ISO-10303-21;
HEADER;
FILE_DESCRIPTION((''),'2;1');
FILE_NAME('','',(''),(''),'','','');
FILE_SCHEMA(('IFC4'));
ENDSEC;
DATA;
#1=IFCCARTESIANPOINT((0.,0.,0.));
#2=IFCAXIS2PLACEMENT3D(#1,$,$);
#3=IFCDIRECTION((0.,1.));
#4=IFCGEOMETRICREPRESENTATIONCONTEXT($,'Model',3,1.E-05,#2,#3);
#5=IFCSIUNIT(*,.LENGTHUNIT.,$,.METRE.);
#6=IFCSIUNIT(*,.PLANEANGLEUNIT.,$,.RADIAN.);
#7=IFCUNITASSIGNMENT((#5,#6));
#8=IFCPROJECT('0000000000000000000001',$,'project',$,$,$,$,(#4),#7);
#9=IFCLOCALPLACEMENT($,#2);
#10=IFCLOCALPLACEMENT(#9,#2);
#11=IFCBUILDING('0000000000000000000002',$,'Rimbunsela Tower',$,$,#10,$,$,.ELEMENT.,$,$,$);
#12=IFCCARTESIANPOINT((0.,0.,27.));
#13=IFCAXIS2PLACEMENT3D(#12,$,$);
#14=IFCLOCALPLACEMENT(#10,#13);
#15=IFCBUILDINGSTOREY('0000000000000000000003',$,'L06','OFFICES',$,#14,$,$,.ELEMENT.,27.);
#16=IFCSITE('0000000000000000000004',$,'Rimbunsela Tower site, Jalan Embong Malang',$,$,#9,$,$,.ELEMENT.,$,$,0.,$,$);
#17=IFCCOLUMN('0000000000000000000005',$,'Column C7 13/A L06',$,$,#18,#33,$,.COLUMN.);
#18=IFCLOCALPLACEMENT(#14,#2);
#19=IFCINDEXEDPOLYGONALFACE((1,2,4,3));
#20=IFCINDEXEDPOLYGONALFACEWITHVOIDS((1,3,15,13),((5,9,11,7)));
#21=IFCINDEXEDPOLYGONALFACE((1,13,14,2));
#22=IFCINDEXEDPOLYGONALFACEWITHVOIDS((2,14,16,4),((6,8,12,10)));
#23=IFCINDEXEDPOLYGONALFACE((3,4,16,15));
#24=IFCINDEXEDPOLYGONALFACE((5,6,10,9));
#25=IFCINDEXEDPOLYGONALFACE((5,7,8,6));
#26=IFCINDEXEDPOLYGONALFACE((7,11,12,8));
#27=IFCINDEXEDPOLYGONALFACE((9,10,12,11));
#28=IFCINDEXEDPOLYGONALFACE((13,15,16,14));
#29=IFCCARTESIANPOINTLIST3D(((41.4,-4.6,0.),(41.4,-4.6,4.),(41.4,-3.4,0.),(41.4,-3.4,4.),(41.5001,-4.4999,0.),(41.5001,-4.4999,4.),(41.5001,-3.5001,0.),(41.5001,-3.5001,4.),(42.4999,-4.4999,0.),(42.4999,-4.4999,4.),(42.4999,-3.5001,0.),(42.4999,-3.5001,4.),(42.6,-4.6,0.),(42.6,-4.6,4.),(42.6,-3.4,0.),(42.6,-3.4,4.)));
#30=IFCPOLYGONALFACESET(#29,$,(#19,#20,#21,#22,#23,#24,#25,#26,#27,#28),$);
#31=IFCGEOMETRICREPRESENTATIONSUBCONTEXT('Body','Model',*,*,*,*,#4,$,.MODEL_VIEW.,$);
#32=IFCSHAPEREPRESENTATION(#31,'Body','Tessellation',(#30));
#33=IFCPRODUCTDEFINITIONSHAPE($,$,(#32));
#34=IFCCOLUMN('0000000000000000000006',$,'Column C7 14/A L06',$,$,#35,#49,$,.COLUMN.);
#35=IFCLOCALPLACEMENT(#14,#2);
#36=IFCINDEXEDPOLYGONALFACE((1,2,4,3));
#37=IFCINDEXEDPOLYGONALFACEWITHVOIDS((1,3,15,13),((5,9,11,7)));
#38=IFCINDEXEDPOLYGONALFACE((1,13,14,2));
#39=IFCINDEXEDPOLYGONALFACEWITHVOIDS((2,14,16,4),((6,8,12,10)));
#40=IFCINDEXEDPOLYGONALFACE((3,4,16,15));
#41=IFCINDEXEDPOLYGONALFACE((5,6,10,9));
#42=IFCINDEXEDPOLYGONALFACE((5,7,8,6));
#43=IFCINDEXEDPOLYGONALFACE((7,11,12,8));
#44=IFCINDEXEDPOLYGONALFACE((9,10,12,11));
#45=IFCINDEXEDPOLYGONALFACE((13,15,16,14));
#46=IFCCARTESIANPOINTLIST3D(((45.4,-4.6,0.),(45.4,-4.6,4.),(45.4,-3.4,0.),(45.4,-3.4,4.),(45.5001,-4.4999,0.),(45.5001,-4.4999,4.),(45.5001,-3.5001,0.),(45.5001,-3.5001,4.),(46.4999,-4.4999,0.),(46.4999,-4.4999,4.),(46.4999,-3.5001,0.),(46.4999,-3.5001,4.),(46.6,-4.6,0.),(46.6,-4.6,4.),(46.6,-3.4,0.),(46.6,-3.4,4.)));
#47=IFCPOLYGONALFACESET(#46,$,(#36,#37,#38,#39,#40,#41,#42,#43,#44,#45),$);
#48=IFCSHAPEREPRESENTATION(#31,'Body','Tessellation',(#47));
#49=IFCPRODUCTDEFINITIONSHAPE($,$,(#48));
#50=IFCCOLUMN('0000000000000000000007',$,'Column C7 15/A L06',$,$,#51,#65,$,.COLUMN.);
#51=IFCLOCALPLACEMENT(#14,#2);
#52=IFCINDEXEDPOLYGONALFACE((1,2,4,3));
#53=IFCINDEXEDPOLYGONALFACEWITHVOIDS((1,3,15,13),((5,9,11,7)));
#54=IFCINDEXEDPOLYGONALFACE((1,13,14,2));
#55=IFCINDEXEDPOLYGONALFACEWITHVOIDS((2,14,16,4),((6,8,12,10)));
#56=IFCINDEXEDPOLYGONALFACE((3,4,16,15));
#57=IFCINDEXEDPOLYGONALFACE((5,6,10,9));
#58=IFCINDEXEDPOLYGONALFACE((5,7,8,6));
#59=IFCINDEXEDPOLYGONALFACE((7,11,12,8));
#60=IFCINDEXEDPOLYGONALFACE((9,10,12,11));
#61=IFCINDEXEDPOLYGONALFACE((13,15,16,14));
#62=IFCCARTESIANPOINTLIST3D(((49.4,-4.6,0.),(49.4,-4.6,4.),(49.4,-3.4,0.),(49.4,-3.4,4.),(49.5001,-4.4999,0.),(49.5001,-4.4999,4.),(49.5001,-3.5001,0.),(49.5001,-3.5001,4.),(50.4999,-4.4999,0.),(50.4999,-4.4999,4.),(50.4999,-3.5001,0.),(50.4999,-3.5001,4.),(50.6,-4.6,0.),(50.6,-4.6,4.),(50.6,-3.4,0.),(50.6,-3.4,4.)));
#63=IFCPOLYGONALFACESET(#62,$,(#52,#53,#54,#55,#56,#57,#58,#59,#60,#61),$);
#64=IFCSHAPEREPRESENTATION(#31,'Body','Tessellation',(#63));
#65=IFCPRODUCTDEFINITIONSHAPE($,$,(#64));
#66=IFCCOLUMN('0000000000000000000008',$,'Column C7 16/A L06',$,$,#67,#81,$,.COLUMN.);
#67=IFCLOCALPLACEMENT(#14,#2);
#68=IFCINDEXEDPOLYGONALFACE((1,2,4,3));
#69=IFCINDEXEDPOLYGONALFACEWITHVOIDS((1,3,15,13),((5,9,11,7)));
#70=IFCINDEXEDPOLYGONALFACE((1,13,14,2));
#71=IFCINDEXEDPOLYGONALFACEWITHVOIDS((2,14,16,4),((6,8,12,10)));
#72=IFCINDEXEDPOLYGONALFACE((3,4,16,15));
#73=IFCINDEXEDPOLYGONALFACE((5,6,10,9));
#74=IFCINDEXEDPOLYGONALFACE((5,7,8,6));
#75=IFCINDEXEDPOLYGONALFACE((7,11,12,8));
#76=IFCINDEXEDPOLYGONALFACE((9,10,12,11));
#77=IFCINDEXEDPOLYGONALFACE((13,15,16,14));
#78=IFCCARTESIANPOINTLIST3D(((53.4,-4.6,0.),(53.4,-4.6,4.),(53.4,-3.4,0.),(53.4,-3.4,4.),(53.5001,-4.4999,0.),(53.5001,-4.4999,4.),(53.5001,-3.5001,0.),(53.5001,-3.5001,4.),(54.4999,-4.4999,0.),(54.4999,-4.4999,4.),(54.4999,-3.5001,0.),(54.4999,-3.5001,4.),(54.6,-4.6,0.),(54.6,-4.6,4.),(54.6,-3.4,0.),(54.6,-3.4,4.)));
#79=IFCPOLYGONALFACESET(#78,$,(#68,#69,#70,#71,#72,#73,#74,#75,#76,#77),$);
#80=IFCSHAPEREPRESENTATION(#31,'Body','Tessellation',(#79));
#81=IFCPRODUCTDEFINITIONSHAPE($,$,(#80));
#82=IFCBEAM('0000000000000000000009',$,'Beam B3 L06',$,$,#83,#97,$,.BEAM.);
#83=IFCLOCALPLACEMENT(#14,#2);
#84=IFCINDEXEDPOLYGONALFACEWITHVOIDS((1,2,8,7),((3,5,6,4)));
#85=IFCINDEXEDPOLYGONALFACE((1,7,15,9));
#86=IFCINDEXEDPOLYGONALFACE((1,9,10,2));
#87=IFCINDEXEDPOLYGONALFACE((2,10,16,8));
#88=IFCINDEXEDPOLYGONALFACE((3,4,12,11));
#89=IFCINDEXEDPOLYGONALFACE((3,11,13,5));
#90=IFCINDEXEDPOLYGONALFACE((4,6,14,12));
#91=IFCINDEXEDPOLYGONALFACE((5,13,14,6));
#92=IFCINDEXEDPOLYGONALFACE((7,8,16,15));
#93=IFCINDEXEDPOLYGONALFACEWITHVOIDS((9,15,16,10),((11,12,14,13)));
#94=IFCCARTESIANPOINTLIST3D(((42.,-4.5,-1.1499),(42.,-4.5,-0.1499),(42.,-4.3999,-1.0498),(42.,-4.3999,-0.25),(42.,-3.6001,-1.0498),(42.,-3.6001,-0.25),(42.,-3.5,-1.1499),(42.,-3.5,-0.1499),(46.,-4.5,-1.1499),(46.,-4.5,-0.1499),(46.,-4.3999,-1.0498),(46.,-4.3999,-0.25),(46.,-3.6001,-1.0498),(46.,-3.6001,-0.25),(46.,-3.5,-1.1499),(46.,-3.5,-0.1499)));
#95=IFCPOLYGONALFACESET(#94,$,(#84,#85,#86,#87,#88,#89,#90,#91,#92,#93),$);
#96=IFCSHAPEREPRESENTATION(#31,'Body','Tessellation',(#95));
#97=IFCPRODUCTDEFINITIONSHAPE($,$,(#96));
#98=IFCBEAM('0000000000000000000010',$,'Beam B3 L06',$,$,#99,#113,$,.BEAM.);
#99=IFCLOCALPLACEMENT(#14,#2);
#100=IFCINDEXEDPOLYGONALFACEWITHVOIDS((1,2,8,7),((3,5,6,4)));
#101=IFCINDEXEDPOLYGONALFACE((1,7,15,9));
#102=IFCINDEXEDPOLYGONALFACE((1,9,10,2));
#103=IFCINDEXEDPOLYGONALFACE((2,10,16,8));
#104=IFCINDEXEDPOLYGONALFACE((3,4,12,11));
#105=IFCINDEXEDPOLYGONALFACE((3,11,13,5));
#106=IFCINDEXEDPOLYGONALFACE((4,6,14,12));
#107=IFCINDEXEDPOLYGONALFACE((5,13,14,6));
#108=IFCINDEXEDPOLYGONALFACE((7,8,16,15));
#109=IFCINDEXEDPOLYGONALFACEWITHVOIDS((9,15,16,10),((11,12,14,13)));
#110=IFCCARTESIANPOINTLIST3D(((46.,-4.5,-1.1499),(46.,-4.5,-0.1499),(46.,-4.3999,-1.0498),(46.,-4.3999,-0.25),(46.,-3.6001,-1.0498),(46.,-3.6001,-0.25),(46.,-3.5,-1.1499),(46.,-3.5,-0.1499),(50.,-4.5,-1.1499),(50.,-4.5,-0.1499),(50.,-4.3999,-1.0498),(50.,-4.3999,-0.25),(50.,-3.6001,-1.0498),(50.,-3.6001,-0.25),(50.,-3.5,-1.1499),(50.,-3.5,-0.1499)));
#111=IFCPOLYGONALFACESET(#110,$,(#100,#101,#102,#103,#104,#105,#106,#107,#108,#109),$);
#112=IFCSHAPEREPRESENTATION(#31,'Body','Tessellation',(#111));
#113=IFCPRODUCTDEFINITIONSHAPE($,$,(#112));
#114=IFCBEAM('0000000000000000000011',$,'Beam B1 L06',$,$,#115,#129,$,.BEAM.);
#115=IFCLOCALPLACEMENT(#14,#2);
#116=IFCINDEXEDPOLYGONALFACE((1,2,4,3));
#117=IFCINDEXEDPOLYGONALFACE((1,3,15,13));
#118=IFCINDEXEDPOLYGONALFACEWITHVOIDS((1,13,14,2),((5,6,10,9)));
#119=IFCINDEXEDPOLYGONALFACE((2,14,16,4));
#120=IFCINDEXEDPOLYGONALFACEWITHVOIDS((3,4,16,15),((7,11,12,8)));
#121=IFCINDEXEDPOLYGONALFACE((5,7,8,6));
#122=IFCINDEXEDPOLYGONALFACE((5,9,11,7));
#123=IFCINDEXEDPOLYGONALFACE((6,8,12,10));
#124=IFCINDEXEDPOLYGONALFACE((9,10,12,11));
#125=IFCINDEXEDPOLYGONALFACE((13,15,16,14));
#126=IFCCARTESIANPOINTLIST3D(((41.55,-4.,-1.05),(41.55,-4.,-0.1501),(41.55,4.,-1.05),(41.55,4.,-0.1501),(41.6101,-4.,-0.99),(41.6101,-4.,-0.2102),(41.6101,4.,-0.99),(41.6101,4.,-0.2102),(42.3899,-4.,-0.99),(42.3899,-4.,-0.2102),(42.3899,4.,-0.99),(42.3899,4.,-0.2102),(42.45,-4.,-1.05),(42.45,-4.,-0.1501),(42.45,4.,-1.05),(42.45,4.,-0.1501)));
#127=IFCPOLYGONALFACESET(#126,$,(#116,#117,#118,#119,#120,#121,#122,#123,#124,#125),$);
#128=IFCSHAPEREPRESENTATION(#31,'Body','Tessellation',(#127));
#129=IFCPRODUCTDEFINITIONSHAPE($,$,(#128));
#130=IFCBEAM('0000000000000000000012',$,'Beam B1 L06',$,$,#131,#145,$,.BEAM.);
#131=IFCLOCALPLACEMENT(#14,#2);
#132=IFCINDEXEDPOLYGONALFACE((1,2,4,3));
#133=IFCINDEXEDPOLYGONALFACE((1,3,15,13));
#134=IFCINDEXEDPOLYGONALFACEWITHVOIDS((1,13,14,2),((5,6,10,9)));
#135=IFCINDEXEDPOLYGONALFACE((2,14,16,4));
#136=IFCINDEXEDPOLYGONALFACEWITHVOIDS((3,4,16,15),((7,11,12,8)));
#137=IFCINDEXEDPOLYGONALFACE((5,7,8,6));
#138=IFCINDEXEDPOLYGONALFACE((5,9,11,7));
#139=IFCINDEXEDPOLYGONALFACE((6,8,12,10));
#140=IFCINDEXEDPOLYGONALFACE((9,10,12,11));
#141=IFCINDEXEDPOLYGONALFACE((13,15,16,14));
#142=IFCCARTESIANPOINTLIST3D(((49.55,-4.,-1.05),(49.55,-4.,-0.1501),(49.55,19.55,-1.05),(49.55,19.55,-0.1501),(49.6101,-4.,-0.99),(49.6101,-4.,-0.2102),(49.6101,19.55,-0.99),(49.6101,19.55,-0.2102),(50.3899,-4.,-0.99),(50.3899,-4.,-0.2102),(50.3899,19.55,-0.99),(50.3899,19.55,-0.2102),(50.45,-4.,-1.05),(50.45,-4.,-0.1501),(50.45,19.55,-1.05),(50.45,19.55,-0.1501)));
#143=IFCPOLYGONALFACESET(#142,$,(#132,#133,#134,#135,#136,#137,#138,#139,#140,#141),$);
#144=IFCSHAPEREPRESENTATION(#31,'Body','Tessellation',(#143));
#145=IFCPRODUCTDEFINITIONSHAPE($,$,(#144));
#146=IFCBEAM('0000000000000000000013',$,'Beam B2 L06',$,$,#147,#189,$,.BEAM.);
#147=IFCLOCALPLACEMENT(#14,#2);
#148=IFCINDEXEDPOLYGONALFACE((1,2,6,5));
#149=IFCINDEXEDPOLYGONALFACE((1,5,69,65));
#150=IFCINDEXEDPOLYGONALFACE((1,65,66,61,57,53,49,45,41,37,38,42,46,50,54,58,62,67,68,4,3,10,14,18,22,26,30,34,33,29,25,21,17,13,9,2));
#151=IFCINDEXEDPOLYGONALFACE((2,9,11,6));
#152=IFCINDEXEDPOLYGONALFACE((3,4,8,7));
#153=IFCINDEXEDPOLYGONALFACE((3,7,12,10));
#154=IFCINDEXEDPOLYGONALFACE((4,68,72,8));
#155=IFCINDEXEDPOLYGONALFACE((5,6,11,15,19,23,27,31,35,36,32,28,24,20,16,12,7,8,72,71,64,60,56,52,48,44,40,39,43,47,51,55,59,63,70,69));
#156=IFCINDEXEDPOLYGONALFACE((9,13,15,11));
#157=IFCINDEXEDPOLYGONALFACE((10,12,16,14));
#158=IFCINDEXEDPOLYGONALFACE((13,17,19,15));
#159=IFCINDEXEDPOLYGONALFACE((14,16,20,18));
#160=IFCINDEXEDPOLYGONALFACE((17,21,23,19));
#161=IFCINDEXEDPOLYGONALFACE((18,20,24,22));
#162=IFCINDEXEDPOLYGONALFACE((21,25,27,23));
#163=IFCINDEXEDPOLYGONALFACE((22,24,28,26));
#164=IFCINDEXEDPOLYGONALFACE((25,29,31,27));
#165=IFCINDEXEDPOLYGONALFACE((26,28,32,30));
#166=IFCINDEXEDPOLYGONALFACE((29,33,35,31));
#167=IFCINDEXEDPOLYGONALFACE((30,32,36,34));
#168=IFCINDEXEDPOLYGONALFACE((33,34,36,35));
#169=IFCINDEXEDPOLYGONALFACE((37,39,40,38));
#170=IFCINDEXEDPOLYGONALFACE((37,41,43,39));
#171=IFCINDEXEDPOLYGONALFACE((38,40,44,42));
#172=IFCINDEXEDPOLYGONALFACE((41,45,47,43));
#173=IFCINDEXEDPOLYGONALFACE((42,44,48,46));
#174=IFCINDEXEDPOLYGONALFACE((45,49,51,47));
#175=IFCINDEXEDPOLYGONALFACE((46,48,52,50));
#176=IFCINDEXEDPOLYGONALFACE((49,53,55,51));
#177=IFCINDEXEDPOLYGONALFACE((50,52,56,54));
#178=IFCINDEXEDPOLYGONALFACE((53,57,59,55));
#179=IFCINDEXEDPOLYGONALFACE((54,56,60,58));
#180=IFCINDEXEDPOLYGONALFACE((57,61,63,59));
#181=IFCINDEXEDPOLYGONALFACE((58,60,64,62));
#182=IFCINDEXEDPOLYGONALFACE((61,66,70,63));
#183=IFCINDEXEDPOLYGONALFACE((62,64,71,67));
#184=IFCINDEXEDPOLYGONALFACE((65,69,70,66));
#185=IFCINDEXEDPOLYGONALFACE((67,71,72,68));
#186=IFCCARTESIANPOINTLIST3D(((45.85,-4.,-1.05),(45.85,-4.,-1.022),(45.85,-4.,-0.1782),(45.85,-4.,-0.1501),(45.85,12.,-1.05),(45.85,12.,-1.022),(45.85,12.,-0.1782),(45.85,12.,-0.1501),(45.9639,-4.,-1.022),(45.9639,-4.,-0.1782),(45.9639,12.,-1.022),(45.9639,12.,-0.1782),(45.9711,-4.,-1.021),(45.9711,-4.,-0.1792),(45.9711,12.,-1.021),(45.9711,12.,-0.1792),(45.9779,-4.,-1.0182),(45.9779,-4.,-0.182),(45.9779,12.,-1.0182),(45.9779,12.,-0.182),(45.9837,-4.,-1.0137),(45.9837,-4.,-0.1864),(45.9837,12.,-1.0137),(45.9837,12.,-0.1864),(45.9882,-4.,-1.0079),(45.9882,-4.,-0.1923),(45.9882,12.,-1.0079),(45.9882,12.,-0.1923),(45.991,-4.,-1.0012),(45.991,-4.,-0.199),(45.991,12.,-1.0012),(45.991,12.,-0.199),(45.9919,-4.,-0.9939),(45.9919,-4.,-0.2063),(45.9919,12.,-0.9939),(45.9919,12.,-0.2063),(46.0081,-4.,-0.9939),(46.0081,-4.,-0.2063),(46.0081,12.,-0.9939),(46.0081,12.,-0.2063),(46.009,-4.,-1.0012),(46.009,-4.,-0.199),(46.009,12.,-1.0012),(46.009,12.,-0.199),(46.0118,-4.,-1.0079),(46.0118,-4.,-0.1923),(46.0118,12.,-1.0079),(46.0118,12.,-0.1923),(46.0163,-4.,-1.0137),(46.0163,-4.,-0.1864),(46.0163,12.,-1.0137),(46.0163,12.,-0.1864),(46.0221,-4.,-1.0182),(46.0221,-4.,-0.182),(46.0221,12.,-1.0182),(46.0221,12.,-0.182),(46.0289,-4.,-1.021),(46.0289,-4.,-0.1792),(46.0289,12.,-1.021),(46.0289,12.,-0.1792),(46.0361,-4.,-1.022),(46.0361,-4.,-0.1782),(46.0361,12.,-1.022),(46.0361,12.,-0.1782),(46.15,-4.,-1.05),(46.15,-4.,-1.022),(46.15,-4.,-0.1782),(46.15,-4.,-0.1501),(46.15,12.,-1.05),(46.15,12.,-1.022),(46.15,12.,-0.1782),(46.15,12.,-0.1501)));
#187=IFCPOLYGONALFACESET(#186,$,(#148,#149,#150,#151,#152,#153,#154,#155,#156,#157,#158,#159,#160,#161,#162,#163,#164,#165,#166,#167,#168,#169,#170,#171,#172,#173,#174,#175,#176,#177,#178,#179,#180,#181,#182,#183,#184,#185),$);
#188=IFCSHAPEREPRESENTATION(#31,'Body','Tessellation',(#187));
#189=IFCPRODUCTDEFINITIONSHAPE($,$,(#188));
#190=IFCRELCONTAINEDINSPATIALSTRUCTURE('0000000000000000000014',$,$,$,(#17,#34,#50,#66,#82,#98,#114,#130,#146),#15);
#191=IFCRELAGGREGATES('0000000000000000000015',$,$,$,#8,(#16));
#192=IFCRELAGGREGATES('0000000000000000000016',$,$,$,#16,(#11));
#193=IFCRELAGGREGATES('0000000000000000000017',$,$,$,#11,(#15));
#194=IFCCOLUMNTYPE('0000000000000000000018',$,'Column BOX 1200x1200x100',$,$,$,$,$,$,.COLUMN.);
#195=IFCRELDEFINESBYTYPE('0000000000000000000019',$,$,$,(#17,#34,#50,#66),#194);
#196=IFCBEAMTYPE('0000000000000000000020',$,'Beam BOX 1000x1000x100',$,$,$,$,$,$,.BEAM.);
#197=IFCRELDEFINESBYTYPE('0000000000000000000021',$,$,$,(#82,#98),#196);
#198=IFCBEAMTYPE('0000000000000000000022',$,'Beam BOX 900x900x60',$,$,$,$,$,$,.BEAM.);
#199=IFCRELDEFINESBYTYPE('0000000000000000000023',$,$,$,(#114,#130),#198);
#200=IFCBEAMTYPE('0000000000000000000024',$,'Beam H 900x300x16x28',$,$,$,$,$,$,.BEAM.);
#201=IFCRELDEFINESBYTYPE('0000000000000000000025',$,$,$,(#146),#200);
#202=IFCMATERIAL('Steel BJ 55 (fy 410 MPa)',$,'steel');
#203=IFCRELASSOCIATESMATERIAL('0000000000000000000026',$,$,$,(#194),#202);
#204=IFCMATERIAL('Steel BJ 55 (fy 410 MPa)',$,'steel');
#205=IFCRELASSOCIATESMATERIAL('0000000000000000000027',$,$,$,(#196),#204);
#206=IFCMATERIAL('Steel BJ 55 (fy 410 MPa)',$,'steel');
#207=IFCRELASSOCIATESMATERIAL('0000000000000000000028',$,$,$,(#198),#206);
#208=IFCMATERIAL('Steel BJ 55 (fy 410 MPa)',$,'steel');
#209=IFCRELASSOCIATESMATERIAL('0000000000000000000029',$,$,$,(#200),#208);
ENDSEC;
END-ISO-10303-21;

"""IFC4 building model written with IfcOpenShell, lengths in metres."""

from ifc_helpers import new_model, si_unit, direction, frame, origin, origin_2d, place, context, subcontext, project, spatial, hollow_rectangle, i_section, extrude, material, material_profile, profile_set, type_object, element, save


model = new_model("IFC4")

# Units and contexts
model_context = context("Model", 3, precision=1e-05, world=origin(), true_north=direction((0.0, 1.0)))
body_context = subcontext(model_context, "Body", "Model", "MODEL_VIEW")
ifc_project = project(units=[si_unit("LENGTHUNIT", "METRE"), si_unit("PLANEANGLEUNIT", "RADIAN")], contexts=[model_context])

# Site, building, storey
site_placement = place(None, origin())
site = spatial("IfcSite", under=ifc_project, at=site_placement, Name="Rimbunsela Tower site, Jalan Embong Malang", CompositionType="ELEMENT", RefElevation=0.0)
building_placement = place(site_placement, origin())
building = spatial("IfcBuilding", under=site, at=building_placement, Name="Rimbunsela Tower", CompositionType="ELEMENT")
storey_placement = place(building_placement, frame((0.0, 0.0, 27.0)))
storey = spatial("IfcBuildingStorey", under=building, at=storey_placement, Name="L06", Description="OFFICES", CompositionType="ELEMENT", Elevation=27.0)

# Columns
ifc_material_1 = material(Name="Steel BJ 55 (fy 410 MPa)", Category="steel")
ifc_material_profile_1 = material_profile(ifc_material_1, hollow_rectangle(XDim=1.2, YDim=1.2, WallThickness=0.1001, at=origin_2d()), Name="BOX 1200x1200x100")
ifc_profile_set_1 = profile_set([ifc_material_profile_1], Name="Steel BJ 55 (fy 410 MPa)")
column_type = type_object("IfcColumnType", Name="Column BOX 1200x1200x100", PredefinedType="COLUMN", material=ifc_profile_set_1)
for number, where, z_axis, x_axis, name in (
    (1, (42.0, -4.0, 0.0), (0.0, 0.0, 1.0), (1.0, 0.0, 0.0), "Column C7 13/A L06"),
    (2, (46.0, -4.0, 0.0), (0.0, 0.0, 1.0), (1.0, 0.0, 0.0), "Column C7 14/A L06"),
    (3, (50.0, -4.0, 0.0), (0.0, 0.0, 1.0), (1.0, 0.0, 0.0), "Column C7 15/A L06"),
    (4, (54.0, -4.0, 0.0), (0.0, 0.0, 1.0), (1.0, 0.0, 0.0), "Column C7 16/A L06"),
):
    element("IfcColumn", number, at=place(storey_placement, frame(where, z_axis=z_axis, x_axis=x_axis)), inside=storey, type_object=column_type, Name=name, PredefinedType="COLUMN", context=body_context, shape_type="SweptSolid", body=[
        extrude(hollow_rectangle(XDim=1.2, YDim=1.2, WallThickness=0.1001, at=origin_2d()), origin(), (0.0, 0.0, 1.0), 4.0),
    ])

# Beams
ifc_material_2 = material(Name="Steel BJ 55 (fy 410 MPa)", Category="steel")
ifc_material_profile_2 = material_profile(ifc_material_2, hollow_rectangle(XDim=1.0, YDim=1.0, WallThickness=0.1001, at=origin_2d()), Name="BOX 1000x1000x100")
ifc_profile_set_2 = profile_set([ifc_material_profile_2], Name="Steel BJ 55 (fy 410 MPa)")
beam_type_1 = type_object("IfcBeamType", Name="Beam BOX 1000x1000x100", PredefinedType="BEAM", material=ifc_profile_set_2)
for number, where, z_axis, x_axis, name in (
    (5, (42.0, -4.0, -0.6499), (1.0, 0.0, 0.0), (0.0, 1.0, 0.0), "Beam B3 L06"),
    (6, (46.0, -4.0, -0.6499), (1.0, 0.0, 0.0), (0.0, 1.0, 0.0), "Beam B3 L06"),
):
    element("IfcBeam", number, at=place(storey_placement, frame(where, z_axis=z_axis, x_axis=x_axis)), inside=storey, type_object=beam_type_1, Name=name, PredefinedType="BEAM", context=body_context, shape_type="SweptSolid", body=[
        extrude(hollow_rectangle(XDim=1.0, YDim=1.0, WallThickness=0.1001, at=origin_2d()), origin(), (0.0, 0.0, 1.0), 4.0),
    ])
ifc_material_3 = material(Name="Steel BJ 55 (fy 410 MPa)", Category="steel")
ifc_material_profile_3 = material_profile(ifc_material_3, hollow_rectangle(XDim=0.8999, YDim=0.8999, WallThickness=0.0601, at=origin_2d()), Name="BOX 900x900x60")
ifc_profile_set_3 = profile_set([ifc_material_profile_3], Name="Steel BJ 55 (fy 410 MPa)")
beam_type_2 = type_object("IfcBeamType", Name="Beam BOX 900x900x60", PredefinedType="BEAM", material=ifc_profile_set_3)
beam_1_placement = place(storey_placement, frame((42.0, -4.0, -0.6001), z_axis=(0.0, 1.0, 0.0), x_axis=(-1.0, 0.0, 0.0)))
element("IfcBeam", 7, at=beam_1_placement, inside=storey, type_object=beam_type_2, Name="Beam B1 L06", PredefinedType="BEAM", context=body_context, shape_type="SweptSolid", body=[
    extrude(hollow_rectangle(XDim=0.8999, YDim=0.8999, WallThickness=0.0601, at=origin_2d()), origin(), (0.0, 0.0, 1.0), 8.0),
])
beam_2_placement = place(storey_placement, frame((50.0, -4.0, -0.6001), z_axis=(0.0, 1.0, 0.0), x_axis=(-1.0, 0.0, 0.0)))
element("IfcBeam", 8, at=beam_2_placement, inside=storey, type_object=beam_type_2, Name="Beam B1 L06", PredefinedType="BEAM", context=body_context, shape_type="SweptSolid", body=[
    extrude(hollow_rectangle(XDim=0.8999, YDim=0.8999, WallThickness=0.0601, at=origin_2d()), origin(), (0.0, 0.0, 1.0), 23.55),
])
ifc_material_4 = material(Name="Steel BJ 55 (fy 410 MPa)", Category="steel")
ifc_material_profile_4 = material_profile(ifc_material_4, i_section(OverallWidth=0.3, OverallDepth=0.8999, WebThickness=0.0161, FlangeThickness=0.0281, FilletRadius=0.0281, at=origin_2d()), Name="H 900x300x16x28")
ifc_profile_set_4 = profile_set([ifc_material_profile_4], Name="Steel BJ 55 (fy 410 MPa)")
beam_type_3 = type_object("IfcBeamType", Name="Beam H 900x300x16x28", PredefinedType="BEAM", material=ifc_profile_set_4)
beam_3_placement = place(storey_placement, frame((46.0, -4.0, -0.6001), z_axis=(0.0, 1.0, 0.0), x_axis=(-1.0, 0.0, 0.0)))
element("IfcBeam", 9, at=beam_3_placement, inside=storey, type_object=beam_type_3, Name="Beam B2 L06", PredefinedType="BEAM", context=body_context, shape_type="SweptSolid", body=[
    extrude(i_section(OverallWidth=0.3, OverallDepth=0.8999, WebThickness=0.0161, FlangeThickness=0.0281, FilletRadius=0.0281, at=origin_2d()), origin(), (0.0, 0.0, 1.0), 16.0),
])

save(model, "model.ifc")
